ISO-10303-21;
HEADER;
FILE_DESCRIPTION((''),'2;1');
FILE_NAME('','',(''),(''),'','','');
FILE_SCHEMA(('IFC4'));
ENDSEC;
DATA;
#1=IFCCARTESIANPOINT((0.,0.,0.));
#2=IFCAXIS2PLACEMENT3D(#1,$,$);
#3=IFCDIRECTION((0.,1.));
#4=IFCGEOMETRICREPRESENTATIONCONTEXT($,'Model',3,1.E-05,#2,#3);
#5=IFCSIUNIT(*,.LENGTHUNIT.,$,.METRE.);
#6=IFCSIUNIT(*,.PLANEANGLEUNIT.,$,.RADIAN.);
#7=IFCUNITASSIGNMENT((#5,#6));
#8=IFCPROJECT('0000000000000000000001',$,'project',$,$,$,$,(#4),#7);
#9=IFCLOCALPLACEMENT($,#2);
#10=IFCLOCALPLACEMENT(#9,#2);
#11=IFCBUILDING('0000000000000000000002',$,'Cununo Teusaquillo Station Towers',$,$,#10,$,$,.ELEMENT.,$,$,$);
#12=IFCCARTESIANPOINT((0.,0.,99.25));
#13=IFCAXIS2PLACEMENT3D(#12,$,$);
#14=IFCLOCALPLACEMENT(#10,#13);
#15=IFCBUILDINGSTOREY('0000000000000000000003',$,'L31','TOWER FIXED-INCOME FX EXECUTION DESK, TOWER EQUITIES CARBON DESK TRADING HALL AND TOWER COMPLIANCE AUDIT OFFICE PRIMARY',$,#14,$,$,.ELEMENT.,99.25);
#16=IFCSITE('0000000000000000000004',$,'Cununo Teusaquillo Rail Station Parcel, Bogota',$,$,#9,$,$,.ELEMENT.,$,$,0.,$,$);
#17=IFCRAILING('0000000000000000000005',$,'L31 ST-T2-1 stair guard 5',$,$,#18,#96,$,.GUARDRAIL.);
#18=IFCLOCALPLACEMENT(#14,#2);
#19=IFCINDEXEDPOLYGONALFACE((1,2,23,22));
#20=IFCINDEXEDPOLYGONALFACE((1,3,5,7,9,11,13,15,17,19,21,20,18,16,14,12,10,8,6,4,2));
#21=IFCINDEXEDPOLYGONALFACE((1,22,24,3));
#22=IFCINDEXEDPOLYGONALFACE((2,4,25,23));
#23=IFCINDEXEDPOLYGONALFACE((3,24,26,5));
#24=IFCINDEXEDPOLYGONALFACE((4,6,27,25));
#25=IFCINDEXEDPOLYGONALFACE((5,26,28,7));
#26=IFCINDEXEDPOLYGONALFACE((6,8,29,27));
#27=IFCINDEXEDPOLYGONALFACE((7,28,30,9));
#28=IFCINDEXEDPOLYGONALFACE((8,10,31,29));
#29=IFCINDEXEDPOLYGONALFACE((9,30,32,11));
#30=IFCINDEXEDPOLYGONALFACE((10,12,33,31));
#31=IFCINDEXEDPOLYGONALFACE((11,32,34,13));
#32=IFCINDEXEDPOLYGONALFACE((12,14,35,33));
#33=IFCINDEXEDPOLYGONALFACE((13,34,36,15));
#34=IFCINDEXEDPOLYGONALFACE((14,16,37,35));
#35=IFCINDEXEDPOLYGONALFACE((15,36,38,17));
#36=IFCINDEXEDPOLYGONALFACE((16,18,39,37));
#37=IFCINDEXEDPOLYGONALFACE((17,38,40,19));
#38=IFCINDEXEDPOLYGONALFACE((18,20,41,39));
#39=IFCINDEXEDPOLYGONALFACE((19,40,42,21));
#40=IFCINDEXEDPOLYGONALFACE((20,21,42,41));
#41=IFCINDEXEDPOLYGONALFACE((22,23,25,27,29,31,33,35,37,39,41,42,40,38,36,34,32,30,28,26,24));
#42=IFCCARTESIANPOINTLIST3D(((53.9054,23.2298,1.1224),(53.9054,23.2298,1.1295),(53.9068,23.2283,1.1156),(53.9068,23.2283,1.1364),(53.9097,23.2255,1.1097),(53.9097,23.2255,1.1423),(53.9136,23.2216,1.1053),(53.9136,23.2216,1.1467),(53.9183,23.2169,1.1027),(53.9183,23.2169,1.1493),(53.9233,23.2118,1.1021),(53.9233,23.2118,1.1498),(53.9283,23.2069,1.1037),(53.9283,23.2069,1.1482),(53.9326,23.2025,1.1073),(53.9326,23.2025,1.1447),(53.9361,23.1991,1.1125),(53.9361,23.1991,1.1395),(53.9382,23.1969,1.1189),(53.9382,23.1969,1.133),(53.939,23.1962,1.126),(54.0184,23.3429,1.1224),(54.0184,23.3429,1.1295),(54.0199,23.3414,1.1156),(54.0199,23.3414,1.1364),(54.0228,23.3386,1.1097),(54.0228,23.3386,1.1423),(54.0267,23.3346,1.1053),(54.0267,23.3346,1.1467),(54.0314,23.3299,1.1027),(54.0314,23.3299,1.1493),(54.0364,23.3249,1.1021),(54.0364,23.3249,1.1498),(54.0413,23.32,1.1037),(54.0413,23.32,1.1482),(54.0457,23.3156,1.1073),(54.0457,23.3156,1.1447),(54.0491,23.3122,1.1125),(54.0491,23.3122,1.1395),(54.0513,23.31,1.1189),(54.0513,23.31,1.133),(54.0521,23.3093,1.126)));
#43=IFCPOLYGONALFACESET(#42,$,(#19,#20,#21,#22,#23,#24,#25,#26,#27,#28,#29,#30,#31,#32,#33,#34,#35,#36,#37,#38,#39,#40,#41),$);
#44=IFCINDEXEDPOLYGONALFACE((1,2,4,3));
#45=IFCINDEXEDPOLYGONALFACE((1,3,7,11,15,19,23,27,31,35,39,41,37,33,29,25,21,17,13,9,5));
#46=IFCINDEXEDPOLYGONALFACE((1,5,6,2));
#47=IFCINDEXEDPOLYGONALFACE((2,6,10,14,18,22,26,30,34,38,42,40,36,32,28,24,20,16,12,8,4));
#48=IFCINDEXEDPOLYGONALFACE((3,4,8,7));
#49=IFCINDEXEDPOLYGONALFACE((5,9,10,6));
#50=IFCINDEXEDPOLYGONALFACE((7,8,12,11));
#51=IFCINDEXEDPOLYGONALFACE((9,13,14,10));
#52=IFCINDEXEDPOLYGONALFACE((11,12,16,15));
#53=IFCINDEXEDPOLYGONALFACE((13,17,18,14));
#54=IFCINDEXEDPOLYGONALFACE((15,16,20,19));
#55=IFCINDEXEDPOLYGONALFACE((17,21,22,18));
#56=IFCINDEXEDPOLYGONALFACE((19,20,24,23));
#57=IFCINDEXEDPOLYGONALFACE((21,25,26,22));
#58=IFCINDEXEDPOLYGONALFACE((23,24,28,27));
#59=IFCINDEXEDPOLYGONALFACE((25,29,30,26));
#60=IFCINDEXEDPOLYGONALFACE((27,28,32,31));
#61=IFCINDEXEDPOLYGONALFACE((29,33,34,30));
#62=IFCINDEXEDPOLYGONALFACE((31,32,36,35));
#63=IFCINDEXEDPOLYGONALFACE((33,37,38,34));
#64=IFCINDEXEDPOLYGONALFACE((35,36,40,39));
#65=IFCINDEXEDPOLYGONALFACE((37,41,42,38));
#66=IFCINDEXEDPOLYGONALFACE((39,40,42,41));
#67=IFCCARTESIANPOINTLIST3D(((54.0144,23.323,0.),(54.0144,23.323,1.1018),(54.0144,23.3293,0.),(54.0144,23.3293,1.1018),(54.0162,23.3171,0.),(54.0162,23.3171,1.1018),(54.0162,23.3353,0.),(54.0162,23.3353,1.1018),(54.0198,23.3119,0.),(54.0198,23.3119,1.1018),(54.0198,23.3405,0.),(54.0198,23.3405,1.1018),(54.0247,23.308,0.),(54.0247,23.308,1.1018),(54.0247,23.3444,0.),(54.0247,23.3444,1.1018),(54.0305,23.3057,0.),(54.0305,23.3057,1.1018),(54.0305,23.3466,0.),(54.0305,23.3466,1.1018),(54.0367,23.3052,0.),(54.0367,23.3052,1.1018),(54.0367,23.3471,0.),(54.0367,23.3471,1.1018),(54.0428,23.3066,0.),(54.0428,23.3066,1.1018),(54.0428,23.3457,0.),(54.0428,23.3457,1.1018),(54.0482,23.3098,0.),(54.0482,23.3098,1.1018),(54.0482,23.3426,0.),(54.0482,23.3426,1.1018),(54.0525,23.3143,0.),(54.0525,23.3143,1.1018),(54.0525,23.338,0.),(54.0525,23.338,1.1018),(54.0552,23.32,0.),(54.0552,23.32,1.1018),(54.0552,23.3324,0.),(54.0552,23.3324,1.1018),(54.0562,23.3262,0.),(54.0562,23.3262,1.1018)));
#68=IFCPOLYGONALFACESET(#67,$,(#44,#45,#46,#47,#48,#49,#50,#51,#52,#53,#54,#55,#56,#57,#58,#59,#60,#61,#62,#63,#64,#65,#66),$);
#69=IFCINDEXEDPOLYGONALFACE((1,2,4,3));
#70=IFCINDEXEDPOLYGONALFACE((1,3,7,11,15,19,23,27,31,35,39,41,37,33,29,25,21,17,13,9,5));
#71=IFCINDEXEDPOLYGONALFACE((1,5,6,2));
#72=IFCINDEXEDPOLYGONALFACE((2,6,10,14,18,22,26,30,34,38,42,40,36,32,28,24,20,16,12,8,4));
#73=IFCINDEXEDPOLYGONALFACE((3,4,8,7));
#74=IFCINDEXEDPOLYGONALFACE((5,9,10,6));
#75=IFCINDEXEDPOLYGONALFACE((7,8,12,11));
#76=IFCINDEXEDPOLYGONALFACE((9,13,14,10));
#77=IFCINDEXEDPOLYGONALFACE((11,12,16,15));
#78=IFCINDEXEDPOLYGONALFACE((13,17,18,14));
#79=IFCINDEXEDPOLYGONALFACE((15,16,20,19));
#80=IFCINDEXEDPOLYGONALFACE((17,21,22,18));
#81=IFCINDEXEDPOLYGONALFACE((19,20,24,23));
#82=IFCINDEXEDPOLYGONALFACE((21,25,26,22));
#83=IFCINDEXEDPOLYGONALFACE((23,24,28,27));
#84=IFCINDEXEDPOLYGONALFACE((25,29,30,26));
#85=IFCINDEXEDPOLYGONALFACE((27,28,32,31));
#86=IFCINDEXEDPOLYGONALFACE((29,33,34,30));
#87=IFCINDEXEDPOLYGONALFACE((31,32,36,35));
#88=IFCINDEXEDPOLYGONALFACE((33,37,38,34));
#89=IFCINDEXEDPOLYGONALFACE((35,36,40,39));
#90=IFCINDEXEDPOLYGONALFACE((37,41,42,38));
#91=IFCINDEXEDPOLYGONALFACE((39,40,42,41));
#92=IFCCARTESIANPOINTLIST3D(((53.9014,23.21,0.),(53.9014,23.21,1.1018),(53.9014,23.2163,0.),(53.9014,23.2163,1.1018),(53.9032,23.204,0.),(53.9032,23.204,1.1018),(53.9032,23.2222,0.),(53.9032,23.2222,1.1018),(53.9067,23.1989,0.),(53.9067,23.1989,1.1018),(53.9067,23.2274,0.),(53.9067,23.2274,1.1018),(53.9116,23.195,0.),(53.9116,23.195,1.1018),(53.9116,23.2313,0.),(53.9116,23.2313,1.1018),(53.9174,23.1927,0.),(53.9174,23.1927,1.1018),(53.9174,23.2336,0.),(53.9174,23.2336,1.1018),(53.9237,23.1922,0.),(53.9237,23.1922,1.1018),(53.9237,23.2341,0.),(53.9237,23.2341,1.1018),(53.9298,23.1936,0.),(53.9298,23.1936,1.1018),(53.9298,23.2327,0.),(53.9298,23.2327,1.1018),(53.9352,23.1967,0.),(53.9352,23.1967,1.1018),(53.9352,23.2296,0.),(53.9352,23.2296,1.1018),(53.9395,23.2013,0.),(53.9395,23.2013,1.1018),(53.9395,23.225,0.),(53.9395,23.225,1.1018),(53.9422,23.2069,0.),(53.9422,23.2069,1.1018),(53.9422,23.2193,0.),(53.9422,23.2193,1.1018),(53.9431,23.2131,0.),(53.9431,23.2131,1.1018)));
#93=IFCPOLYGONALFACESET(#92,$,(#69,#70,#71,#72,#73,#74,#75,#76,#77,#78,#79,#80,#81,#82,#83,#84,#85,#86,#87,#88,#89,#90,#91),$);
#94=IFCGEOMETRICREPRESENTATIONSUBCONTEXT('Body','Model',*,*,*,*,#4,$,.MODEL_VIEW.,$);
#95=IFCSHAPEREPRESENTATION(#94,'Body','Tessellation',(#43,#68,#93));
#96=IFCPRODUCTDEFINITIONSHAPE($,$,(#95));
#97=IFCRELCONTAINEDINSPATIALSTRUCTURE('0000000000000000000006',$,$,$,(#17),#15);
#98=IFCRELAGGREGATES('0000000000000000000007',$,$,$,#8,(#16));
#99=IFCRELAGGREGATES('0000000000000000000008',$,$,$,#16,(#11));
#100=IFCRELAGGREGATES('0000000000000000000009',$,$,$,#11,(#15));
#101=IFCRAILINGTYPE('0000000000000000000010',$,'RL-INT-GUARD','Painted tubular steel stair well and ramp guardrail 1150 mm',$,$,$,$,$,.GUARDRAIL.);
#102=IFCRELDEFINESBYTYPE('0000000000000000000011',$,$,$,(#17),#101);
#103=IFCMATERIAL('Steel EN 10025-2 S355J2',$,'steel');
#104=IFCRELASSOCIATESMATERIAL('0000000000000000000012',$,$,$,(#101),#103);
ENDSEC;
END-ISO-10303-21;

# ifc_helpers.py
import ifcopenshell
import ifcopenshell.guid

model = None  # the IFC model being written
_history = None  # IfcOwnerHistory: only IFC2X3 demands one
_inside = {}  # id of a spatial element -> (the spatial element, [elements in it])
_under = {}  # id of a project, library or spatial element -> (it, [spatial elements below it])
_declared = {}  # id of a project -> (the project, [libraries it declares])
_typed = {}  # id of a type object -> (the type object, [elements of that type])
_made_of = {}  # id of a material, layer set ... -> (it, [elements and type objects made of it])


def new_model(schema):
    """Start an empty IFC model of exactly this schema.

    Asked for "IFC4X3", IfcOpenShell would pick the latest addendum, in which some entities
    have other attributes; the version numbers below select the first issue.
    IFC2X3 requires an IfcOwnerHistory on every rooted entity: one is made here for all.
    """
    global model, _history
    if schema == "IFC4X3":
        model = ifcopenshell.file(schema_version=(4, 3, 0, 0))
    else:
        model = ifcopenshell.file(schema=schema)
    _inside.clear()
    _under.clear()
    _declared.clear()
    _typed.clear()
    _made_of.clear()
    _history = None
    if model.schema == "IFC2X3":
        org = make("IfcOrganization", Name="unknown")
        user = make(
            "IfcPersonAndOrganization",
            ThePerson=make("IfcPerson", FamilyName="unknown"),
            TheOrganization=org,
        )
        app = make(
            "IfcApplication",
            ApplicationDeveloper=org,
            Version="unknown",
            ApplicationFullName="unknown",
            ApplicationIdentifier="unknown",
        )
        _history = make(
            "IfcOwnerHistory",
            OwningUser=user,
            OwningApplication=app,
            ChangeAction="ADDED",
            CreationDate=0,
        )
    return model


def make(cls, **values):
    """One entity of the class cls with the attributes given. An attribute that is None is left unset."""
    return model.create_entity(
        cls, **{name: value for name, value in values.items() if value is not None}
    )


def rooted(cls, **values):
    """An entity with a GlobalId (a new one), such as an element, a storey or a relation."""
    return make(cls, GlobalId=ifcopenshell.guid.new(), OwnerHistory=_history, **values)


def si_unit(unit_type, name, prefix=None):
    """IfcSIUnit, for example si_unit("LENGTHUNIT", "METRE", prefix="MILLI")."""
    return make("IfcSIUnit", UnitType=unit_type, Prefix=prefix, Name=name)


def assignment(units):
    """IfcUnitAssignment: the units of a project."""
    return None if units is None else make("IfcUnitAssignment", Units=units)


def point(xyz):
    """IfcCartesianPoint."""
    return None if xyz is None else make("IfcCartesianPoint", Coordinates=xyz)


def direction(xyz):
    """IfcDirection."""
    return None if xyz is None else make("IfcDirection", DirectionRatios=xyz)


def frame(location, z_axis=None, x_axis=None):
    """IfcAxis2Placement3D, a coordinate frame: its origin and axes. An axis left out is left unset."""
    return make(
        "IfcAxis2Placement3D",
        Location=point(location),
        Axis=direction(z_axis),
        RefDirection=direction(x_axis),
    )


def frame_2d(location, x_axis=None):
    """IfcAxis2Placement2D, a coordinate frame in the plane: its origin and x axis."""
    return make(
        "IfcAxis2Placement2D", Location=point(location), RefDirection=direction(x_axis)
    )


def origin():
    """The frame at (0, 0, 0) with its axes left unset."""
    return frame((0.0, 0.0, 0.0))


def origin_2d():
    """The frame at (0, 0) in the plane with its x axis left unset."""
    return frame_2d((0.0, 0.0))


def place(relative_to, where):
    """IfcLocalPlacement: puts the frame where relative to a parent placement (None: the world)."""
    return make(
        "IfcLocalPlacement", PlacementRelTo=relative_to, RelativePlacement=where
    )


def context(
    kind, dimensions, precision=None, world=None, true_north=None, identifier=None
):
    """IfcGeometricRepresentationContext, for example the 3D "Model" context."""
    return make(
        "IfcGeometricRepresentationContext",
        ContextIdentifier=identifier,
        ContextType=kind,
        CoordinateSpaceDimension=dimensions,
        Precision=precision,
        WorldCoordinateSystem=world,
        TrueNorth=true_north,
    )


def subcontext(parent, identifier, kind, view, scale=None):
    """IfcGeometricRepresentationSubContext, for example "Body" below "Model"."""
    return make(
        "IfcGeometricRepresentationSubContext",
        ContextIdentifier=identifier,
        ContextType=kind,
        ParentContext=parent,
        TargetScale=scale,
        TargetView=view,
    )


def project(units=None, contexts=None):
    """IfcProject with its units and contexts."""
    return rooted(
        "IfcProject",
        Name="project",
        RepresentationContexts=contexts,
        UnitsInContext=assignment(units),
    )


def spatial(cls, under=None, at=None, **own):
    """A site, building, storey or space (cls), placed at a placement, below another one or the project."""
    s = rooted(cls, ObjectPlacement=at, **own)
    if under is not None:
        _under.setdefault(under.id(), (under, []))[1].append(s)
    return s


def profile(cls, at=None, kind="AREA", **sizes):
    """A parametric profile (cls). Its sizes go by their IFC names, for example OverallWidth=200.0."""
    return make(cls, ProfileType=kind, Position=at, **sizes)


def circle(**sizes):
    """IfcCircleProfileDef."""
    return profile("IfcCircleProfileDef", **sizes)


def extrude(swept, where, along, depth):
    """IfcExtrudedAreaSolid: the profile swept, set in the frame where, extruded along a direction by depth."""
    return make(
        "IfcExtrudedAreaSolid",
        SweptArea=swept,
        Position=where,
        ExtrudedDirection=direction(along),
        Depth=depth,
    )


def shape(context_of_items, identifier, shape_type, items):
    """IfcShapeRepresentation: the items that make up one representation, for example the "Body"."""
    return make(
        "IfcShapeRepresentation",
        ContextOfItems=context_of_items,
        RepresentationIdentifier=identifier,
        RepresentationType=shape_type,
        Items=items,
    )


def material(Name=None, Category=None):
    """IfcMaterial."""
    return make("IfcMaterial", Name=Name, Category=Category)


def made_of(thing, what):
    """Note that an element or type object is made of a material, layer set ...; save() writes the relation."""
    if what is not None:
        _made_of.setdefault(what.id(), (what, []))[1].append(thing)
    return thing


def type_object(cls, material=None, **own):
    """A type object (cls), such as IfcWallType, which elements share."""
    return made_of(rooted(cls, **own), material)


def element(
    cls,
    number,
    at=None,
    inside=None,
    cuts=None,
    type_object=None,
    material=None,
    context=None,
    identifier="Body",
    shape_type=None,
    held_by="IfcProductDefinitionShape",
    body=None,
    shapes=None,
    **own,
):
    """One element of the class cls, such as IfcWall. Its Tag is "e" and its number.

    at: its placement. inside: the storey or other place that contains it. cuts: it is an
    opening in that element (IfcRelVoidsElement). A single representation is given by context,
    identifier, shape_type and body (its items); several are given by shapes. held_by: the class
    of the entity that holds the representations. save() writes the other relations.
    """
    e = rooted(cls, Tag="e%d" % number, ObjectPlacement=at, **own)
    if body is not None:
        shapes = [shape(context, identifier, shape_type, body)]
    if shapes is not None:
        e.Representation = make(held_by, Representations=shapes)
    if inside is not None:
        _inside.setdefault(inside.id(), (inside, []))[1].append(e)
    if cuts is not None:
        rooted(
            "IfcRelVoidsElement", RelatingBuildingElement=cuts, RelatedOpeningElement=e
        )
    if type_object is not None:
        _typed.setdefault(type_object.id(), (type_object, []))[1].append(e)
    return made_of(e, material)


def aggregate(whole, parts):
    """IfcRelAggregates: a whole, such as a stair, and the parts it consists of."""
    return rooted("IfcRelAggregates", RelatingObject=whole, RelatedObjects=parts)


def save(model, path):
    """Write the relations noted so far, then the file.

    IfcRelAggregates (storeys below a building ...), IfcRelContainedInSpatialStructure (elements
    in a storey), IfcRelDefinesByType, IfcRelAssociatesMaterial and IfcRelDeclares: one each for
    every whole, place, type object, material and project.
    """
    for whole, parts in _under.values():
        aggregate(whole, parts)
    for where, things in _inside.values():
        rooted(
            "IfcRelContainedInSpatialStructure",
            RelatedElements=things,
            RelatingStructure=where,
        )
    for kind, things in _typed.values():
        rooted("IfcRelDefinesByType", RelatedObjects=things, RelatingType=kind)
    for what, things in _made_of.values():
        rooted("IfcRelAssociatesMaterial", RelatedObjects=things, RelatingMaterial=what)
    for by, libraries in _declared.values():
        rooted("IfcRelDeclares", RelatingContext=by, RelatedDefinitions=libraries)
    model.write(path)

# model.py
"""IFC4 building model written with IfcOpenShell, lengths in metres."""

from ifc_helpers import new_model, si_unit, direction, frame, origin, origin_2d, place, context, subcontext, project, spatial, circle, extrude, material, type_object, element, save


model = new_model("IFC4")

# Units and contexts
model_context = context("Model", 3, precision=1e-05, world=origin(), true_north=direction((0.0, 1.0)))
body_context = subcontext(model_context, "Body", "Model", "MODEL_VIEW")
ifc_project = project(units=[si_unit("LENGTHUNIT", "METRE"), si_unit("PLANEANGLEUNIT", "RADIAN")], contexts=[model_context])

# Site, building, storey
site_placement = place(None, origin())
site = spatial("IfcSite", under=ifc_project, at=site_placement, Name="Cununo Teusaquillo Rail Station Parcel, Bogota", CompositionType="ELEMENT", RefElevation=0.0)
building_placement = place(site_placement, origin())
building = spatial("IfcBuilding", under=site, at=building_placement, Name="Cununo Teusaquillo Station Towers", CompositionType="ELEMENT")
storey_placement = place(building_placement, frame((0.0, 0.0, 99.25)))
storey = spatial("IfcBuildingStorey", under=building, at=storey_placement, Name="L31", Description="TOWER FIXED-INCOME FX EXECUTION DESK, TOWER EQUITIES CARBON DESK TRADING HALL AND TOWER COMPLIANCE AUDIT OFFICE PRIMARY", CompositionType="ELEMENT", Elevation=99.25)

# Railing
ifc_material_1 = material(Name="Steel EN 10025-2 S355J2", Category="steel")
railing_type_1 = type_object("IfcRailingType", Name="RL-INT-GUARD", Description="Painted tubular steel stair well and ramp guardrail 1150 mm", PredefinedType="GUARDRAIL", material=ifc_material_1)
railing_1_placement = place(storey_placement, frame((54.0352, 23.3262, 0.0)))
element("IfcRailing", 1, at=railing_1_placement, inside=storey, type_object=railing_type_1, Name="L31 ST-T2-1 stair guard 5", PredefinedType="GUARDRAIL", context=body_context, shape_type="SweptSolid", body=[
    extrude(circle(Radius=0.0239, at=origin_2d()), frame((0.0, 0.0, 1.126), z_axis=(-0.707107, -0.707107, 0.0), x_axis=(0.707107, -0.707107, 0.0)), (0.0, 0.0, 1.0), 0.1599),
    extrude(circle(Radius=0.021, at=origin_2d()), origin(), (0.0, 0.0, 1.0), 1.1018),
    extrude(circle(Radius=0.021, at=origin_2d()), frame((-0.113, -0.113, 0.0)), (0.0, 0.0, 1.0), 1.1018),
])

save(model, "model.ifc")
